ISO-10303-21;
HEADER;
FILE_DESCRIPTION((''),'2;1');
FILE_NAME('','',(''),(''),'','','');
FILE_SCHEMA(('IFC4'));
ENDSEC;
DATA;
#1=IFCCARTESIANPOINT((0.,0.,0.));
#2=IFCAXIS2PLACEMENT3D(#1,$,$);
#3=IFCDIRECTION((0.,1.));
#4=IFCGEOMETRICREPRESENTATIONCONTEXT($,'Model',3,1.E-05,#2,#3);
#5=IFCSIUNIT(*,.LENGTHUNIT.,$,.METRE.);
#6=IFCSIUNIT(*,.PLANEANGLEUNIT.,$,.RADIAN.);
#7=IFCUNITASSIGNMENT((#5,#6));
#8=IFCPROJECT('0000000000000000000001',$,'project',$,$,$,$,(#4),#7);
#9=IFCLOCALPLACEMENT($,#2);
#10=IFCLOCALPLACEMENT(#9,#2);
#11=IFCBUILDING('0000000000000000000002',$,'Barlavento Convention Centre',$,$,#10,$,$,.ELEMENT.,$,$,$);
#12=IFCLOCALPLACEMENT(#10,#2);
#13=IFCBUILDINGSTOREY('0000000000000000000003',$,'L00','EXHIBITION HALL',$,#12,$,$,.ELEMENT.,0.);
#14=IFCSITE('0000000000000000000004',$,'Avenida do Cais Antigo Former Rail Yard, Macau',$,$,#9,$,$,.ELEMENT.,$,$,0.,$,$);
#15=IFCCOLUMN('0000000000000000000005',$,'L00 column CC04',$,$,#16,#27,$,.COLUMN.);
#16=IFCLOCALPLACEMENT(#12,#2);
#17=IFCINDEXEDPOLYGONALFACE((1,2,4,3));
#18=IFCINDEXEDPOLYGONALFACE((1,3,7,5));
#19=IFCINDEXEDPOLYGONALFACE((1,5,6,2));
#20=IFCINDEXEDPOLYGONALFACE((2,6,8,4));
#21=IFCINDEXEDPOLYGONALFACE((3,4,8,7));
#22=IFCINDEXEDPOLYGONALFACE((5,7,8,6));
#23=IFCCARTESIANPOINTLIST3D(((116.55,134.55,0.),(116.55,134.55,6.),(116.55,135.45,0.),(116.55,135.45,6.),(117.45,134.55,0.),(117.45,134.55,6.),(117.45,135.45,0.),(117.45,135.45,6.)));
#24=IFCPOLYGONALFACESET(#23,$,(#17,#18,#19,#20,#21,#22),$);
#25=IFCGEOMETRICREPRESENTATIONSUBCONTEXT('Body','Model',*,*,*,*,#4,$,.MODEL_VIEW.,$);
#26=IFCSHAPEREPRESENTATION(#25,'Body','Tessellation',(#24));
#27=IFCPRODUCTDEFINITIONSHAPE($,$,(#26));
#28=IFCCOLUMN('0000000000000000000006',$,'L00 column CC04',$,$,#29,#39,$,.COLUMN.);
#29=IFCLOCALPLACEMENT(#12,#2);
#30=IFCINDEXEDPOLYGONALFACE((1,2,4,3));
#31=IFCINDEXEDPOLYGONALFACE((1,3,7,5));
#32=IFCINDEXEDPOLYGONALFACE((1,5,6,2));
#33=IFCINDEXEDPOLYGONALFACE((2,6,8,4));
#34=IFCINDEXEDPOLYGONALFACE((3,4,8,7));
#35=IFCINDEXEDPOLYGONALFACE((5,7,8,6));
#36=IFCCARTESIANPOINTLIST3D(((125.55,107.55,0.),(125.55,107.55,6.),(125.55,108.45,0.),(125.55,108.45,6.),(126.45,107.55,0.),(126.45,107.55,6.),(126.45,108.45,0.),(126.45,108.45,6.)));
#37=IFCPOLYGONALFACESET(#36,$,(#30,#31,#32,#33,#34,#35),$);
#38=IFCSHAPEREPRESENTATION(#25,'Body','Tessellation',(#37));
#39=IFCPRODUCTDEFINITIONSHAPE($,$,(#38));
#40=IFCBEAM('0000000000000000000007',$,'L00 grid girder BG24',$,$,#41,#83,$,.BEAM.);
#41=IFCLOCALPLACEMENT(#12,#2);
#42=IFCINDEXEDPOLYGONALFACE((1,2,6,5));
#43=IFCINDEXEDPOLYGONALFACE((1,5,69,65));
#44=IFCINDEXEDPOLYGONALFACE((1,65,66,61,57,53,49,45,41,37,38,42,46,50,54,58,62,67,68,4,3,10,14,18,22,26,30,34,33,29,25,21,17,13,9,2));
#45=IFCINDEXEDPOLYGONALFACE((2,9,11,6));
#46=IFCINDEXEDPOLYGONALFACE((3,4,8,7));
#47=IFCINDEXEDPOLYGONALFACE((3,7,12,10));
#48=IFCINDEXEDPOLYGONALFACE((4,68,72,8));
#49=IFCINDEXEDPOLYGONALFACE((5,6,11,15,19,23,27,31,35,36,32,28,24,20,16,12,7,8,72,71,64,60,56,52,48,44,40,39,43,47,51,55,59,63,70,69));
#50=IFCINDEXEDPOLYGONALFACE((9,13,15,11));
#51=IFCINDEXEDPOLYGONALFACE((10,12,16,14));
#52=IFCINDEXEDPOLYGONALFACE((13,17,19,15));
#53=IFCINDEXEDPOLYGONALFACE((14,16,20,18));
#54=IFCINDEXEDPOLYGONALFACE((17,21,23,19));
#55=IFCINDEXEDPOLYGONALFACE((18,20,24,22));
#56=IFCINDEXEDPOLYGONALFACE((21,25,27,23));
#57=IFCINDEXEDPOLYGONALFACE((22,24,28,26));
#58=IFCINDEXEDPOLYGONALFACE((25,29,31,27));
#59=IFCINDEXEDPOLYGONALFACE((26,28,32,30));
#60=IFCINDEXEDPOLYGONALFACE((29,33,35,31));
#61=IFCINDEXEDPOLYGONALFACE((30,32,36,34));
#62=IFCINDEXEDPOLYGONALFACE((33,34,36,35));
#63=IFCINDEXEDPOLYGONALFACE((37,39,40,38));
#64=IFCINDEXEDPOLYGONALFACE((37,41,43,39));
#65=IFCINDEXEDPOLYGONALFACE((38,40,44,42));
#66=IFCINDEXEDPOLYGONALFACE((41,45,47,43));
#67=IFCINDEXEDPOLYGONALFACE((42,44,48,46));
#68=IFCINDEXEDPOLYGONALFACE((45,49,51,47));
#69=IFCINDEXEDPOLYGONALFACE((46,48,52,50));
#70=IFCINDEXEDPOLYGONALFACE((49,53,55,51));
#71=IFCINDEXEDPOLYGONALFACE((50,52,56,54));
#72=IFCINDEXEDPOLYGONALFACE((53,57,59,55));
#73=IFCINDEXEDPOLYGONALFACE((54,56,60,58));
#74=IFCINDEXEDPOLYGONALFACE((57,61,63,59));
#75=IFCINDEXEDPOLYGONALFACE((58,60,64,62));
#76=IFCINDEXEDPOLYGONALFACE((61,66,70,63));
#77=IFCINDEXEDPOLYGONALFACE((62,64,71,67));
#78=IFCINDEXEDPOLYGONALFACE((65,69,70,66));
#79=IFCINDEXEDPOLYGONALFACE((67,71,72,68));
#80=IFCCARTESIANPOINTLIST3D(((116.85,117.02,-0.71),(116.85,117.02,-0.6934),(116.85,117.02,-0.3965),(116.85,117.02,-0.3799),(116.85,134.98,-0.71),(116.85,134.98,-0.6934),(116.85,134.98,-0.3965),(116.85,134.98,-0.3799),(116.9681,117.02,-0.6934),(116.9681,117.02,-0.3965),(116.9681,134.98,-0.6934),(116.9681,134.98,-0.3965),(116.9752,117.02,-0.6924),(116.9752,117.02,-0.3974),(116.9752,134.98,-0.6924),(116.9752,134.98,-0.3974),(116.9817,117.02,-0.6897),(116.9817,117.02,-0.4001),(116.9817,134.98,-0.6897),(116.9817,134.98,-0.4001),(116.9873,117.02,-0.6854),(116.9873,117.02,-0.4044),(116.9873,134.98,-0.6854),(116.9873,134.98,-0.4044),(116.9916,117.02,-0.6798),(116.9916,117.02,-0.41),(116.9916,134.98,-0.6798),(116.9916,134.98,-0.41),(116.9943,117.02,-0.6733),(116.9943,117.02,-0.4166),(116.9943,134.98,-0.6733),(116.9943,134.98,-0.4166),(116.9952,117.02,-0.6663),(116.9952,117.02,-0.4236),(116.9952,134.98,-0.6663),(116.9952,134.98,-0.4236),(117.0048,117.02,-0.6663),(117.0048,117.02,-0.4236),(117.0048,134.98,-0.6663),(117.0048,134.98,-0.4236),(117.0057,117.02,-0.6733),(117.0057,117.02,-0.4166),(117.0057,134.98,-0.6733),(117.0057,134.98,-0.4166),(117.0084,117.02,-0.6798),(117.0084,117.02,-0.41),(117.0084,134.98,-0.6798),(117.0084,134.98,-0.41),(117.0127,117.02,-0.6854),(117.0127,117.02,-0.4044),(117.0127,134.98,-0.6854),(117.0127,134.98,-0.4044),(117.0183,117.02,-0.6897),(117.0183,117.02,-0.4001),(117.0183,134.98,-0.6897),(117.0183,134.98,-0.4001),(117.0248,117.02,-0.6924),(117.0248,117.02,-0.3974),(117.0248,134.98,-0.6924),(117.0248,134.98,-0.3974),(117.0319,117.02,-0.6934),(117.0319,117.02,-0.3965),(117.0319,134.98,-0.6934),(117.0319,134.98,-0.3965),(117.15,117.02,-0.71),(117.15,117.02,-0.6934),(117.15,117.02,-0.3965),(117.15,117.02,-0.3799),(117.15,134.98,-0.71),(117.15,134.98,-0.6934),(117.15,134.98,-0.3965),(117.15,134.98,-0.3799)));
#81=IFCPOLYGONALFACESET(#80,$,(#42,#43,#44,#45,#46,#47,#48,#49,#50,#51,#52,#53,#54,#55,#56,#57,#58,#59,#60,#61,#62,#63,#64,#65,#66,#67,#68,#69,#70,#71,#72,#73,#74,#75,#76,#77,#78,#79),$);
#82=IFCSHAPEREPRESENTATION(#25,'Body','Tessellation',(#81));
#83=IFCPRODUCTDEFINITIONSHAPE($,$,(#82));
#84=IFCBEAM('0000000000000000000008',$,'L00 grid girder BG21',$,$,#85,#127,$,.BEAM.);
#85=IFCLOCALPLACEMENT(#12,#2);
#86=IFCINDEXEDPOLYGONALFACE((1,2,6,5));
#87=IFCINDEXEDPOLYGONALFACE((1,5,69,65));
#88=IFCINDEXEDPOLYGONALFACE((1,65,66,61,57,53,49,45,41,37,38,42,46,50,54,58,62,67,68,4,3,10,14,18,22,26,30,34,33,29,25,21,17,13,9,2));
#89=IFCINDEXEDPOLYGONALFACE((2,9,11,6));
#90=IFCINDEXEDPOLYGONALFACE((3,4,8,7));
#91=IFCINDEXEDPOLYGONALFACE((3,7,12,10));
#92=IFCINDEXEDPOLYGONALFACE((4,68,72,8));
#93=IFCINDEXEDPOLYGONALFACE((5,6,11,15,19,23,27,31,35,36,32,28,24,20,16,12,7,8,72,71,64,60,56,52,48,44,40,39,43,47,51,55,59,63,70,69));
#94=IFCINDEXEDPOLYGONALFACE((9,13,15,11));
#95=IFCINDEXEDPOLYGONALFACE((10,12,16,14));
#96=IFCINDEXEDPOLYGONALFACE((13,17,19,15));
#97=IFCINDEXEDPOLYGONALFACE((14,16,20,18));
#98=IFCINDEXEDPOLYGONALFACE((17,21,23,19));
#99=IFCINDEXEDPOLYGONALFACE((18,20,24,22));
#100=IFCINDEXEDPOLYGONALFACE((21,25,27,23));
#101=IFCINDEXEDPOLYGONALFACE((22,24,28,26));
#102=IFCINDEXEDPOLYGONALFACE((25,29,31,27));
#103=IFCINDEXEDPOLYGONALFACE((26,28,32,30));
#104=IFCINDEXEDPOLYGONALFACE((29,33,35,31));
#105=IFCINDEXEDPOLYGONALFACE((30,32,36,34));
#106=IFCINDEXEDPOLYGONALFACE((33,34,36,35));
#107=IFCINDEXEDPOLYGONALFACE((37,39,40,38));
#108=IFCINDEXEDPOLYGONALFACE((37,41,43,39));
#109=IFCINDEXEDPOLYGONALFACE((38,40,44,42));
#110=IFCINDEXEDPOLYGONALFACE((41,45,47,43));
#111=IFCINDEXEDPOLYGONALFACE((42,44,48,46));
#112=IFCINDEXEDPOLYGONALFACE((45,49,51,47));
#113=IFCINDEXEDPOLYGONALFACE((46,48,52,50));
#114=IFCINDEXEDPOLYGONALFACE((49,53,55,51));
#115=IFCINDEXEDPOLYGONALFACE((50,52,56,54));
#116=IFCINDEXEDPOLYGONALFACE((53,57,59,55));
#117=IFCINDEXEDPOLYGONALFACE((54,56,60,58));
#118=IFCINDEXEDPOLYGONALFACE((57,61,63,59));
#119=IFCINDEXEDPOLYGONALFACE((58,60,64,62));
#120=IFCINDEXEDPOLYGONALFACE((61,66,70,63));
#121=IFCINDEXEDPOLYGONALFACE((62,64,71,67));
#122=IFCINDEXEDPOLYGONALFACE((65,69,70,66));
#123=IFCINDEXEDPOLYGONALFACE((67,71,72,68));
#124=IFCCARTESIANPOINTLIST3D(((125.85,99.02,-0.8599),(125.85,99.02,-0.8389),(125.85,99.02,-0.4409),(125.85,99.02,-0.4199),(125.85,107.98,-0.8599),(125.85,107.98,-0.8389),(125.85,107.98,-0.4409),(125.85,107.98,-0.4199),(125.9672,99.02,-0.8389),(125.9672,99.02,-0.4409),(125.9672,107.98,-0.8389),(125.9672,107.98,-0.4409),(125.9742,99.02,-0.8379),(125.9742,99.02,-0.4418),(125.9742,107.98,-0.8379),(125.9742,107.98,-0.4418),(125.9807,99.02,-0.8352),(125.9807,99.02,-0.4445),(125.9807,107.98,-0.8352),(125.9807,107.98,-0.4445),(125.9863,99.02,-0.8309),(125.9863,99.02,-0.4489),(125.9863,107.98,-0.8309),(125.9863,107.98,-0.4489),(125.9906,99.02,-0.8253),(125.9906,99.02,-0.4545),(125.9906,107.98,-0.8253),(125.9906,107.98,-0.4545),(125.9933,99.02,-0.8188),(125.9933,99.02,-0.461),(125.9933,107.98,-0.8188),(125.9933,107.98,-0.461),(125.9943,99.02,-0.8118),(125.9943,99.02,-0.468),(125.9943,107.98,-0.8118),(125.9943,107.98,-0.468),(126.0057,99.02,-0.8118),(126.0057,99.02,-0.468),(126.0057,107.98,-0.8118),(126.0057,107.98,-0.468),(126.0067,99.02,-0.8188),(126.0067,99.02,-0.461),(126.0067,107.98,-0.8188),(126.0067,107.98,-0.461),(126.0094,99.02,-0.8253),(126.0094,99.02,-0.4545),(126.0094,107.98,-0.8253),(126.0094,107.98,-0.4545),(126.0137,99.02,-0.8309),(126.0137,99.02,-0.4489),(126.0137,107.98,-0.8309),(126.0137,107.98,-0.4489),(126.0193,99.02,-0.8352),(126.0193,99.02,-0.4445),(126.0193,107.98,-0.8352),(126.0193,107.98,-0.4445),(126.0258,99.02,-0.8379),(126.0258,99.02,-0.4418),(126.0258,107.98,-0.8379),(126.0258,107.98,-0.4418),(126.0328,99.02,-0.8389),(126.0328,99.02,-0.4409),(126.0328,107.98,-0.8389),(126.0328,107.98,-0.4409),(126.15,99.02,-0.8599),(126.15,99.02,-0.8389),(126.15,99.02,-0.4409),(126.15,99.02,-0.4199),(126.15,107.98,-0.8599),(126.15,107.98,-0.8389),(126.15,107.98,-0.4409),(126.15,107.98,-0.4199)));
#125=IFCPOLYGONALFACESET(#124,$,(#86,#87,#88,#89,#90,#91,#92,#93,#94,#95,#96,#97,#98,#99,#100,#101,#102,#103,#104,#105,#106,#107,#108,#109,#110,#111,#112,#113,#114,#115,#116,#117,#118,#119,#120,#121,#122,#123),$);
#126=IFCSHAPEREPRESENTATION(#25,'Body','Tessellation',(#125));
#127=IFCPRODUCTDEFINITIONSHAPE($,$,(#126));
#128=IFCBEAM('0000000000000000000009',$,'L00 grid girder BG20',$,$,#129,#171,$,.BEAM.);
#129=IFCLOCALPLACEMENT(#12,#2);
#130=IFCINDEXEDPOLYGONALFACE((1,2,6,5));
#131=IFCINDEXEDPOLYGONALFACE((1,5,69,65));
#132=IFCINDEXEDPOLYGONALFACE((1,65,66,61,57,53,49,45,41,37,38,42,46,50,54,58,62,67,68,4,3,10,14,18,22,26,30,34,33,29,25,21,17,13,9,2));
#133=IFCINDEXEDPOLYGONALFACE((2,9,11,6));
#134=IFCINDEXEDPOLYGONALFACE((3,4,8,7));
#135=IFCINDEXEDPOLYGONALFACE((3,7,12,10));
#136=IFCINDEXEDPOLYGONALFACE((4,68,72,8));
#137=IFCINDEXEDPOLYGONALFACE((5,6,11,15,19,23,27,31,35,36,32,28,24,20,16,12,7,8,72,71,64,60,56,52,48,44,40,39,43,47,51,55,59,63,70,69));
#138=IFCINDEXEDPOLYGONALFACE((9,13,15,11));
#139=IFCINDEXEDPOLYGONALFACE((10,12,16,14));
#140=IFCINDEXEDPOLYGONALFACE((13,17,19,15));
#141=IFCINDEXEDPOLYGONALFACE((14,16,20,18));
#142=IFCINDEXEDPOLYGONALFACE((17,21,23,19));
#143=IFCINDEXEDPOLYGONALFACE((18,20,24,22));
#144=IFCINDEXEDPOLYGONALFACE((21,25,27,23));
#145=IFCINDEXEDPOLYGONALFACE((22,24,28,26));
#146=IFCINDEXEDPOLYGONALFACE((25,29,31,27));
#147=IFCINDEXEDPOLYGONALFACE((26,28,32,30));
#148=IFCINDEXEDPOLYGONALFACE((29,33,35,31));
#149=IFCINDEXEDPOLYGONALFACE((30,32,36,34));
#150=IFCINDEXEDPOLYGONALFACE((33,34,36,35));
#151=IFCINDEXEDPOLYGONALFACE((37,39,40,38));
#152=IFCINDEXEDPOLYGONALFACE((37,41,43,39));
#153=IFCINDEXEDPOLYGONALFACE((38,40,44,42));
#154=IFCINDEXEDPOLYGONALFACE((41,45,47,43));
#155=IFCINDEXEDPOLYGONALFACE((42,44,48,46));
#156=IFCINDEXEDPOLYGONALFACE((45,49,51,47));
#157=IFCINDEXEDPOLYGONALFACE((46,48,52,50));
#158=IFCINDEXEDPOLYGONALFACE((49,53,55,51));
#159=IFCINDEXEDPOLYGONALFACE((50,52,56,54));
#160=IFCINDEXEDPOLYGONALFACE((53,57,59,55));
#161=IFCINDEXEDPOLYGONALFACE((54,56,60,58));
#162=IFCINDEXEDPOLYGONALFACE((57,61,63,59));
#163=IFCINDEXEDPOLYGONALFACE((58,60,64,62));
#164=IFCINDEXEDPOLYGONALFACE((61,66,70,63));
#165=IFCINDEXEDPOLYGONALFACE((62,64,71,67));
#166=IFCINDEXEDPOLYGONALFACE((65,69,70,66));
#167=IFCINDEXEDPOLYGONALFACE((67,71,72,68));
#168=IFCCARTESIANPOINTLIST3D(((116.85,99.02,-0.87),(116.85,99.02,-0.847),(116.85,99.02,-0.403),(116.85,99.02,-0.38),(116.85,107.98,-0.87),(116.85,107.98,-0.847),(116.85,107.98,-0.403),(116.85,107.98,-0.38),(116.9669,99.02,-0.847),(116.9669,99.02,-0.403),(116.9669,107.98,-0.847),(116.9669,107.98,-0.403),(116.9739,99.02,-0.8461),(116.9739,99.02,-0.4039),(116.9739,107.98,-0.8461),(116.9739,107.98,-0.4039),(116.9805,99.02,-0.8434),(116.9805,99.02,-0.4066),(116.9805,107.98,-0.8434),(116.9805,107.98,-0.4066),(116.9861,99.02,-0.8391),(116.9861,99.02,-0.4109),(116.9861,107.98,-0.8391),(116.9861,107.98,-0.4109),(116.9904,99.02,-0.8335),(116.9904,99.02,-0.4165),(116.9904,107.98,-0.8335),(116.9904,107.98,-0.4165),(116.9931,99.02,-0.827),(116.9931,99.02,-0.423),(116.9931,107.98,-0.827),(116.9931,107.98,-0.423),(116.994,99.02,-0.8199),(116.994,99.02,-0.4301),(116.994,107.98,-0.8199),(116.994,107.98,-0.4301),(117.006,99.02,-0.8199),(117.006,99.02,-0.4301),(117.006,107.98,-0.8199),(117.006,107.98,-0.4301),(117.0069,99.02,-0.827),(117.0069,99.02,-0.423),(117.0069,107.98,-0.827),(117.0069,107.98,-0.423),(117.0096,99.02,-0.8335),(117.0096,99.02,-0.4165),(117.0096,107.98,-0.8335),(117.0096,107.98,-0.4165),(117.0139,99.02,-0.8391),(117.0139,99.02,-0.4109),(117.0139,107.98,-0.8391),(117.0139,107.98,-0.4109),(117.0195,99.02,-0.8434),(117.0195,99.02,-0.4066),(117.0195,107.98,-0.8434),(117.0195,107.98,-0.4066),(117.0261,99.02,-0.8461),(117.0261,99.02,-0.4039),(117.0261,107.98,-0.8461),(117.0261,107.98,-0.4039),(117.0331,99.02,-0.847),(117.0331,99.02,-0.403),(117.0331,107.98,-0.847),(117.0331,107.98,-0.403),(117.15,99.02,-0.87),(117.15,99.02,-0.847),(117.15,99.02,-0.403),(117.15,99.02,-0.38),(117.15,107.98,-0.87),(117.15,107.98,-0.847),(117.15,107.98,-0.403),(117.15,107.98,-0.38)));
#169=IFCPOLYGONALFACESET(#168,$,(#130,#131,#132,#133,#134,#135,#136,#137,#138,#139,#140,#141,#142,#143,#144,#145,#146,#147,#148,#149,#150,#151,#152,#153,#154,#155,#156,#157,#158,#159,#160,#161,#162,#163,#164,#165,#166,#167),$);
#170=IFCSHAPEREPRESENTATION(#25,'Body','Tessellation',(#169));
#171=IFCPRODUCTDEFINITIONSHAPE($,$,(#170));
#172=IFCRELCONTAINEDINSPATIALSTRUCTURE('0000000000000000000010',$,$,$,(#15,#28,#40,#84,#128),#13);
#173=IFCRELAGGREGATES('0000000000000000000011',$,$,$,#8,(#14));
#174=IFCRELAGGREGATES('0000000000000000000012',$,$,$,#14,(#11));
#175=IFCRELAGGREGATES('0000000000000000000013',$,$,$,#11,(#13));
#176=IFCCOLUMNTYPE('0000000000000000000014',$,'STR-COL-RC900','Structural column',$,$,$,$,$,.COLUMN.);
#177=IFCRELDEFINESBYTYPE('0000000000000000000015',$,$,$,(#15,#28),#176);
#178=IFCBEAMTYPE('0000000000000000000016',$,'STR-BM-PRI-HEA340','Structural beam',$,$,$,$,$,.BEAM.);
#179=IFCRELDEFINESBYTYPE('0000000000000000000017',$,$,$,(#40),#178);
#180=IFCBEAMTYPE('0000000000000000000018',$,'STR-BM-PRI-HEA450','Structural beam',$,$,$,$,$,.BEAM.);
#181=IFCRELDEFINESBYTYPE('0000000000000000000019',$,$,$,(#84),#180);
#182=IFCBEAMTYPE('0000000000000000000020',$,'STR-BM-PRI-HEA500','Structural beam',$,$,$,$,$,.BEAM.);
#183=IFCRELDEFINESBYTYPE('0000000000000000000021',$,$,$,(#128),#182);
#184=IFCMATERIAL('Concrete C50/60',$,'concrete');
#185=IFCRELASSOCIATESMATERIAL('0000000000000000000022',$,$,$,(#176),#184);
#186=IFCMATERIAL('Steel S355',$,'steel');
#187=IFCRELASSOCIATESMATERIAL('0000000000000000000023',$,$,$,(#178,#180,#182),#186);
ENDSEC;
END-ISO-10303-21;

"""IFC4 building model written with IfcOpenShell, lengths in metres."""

from ifc_helpers import new_model, si_unit, direction, frame, origin, origin_2d, place, context, subcontext, project, spatial, rectangle, i_section, extrude, material, material_profile, profile_set, type_object, element, save


model = new_model("IFC4")

# Units and contexts
model_context = context("Model", 3, precision=1e-05, world=origin(), true_north=direction((0.0, 1.0)))
body_context = subcontext(model_context, "Body", "Model", "MODEL_VIEW")
ifc_project = project(units=[si_unit("LENGTHUNIT", "METRE"), si_unit("PLANEANGLEUNIT", "RADIAN")], contexts=[model_context])

# Site, building, storey
site_placement = place(None, origin())
site = spatial("IfcSite", under=ifc_project, at=site_placement, Name="Avenida do Cais Antigo Former Rail Yard, Macau", CompositionType="ELEMENT", RefElevation=0.0)
building_placement = place(site_placement, origin())
building = spatial("IfcBuilding", under=site, at=building_placement, Name="Barlavento Convention Centre", CompositionType="ELEMENT")
storey_placement = place(building_placement, origin())
storey = spatial("IfcBuildingStorey", under=building, at=storey_placement, Name="L00", Description="EXHIBITION HALL", CompositionType="ELEMENT", Elevation=0.0)

# Columns
ifc_material_1 = material(Name="Concrete C50/60", Category="concrete")
ifc_material_profile_1 = material_profile(ifc_material_1, rectangle(XDim=0.8999, YDim=0.8999, at=origin_2d()), Name="RC 900x900")
ifc_profile_set_1 = profile_set([ifc_material_profile_1], Name="Concrete C50/60")
column_type_1 = type_object("IfcColumnType", Name="STR-COL-RC900", Description="Structural column", PredefinedType="COLUMN", material=ifc_profile_set_1)
for number, where, z_axis, x_axis, name in (
    (1, (117.0, 135.0, 0.0), (0.0, 0.0, 1.0), (1.0, 0.0, 0.0), "L00 column CC04"),
    (2, (126.0, 108.0, 0.0), (0.0, 0.0, 1.0), (1.0, 0.0, 0.0), "L00 column CC04"),
):
    element("IfcColumn", number, at=place(storey_placement, frame(where, z_axis=z_axis, x_axis=x_axis)), inside=storey, type_object=column_type_1, Name=name, PredefinedType="COLUMN", context=body_context, shape_type="SweptSolid", body=[
        extrude(rectangle(XDim=0.8999, YDim=0.8999, at=origin_2d()), origin(), (0.0, 0.0, 1.0), 6.0),
    ])

# Beams
ifc_material_2 = material(Name="Steel S355", Category="steel")
ifc_material_profile_2 = material_profile(ifc_material_2, i_section(OverallWidth=0.3, OverallDepth=0.3301, WebThickness=0.0095, FlangeThickness=0.0166, FilletRadius=0.0271, at=origin_2d()), Name="HEA 340")
ifc_profile_set_2 = profile_set([ifc_material_profile_2], Name="Steel S355")
beam_type_1 = type_object("IfcBeamType", Name="STR-BM-PRI-HEA340", Description="Structural beam", PredefinedType="BEAM", material=ifc_profile_set_2)
beam_1_placement = place(storey_placement, frame((117.0, 117.02, -0.5449), z_axis=(0.0, 1.0, 0.0), x_axis=(-1.0, 0.0, 0.0)))
element("IfcBeam", 3, at=beam_1_placement, inside=storey, type_object=beam_type_1, Name="L00 grid girder BG24", PredefinedType="BEAM", context=body_context, shape_type="SweptSolid", body=[
    extrude(i_section(OverallWidth=0.3, OverallDepth=0.3301, WebThickness=0.0095, FlangeThickness=0.0166, FilletRadius=0.0271, at=origin_2d()), origin(), (0.0, 0.0, 1.0), 17.96),
])
ifc_material_profile_3 = material_profile(ifc_material_2, i_section(OverallWidth=0.3, OverallDepth=0.4399, WebThickness=0.0115, FlangeThickness=0.021, FilletRadius=0.0271, at=origin_2d()), Name="HEA 450")
ifc_profile_set_3 = profile_set([ifc_material_profile_3], Name="Steel S355")
beam_type_2 = type_object("IfcBeamType", Name="STR-BM-PRI-HEA450", Description="Structural beam", PredefinedType="BEAM", material=ifc_profile_set_3)
beam_2_placement = place(storey_placement, frame((126.0, 99.02, -0.6399), z_axis=(0.0, 1.0, 0.0), x_axis=(-1.0, 0.0, 0.0)))
element("IfcBeam", 4, at=beam_2_placement, inside=storey, type_object=beam_type_2, Name="L00 grid girder BG21", PredefinedType="BEAM", context=body_context, shape_type="SweptSolid", body=[
    extrude(i_section(OverallWidth=0.3, OverallDepth=0.4399, WebThickness=0.0115, FlangeThickness=0.021, FilletRadius=0.0271, at=origin_2d()), origin(), (0.0, 0.0, 1.0), 8.96),
])
ifc_material_profile_4 = material_profile(ifc_material_2, i_section(OverallWidth=0.3, OverallDepth=0.49, WebThickness=0.012, FlangeThickness=0.0229, FilletRadius=0.0271, at=origin_2d()), Name="HEA 500")
ifc_profile_set_4 = profile_set([ifc_material_profile_4], Name="Steel S355")
beam_type_3 = type_object("IfcBeamType", Name="STR-BM-PRI-HEA500", Description="Structural beam", PredefinedType="BEAM", material=ifc_profile_set_4)
beam_3_placement = place(storey_placement, frame((117.0, 99.02, -0.625), z_axis=(0.0, 1.0, 0.0), x_axis=(-1.0, 0.0, 0.0)))
element("IfcBeam", 5, at=beam_3_placement, inside=storey, type_object=beam_type_3, Name="L00 grid girder BG20", PredefinedType="BEAM", context=body_context, shape_type="SweptSolid", body=[
    extrude(i_section(OverallWidth=0.3, OverallDepth=0.49, WebThickness=0.012, FlangeThickness=0.0229, FilletRadius=0.0271, at=origin_2d()), origin(), (0.0, 0.0, 1.0), 8.96),
])

save(model, "model.ifc")
